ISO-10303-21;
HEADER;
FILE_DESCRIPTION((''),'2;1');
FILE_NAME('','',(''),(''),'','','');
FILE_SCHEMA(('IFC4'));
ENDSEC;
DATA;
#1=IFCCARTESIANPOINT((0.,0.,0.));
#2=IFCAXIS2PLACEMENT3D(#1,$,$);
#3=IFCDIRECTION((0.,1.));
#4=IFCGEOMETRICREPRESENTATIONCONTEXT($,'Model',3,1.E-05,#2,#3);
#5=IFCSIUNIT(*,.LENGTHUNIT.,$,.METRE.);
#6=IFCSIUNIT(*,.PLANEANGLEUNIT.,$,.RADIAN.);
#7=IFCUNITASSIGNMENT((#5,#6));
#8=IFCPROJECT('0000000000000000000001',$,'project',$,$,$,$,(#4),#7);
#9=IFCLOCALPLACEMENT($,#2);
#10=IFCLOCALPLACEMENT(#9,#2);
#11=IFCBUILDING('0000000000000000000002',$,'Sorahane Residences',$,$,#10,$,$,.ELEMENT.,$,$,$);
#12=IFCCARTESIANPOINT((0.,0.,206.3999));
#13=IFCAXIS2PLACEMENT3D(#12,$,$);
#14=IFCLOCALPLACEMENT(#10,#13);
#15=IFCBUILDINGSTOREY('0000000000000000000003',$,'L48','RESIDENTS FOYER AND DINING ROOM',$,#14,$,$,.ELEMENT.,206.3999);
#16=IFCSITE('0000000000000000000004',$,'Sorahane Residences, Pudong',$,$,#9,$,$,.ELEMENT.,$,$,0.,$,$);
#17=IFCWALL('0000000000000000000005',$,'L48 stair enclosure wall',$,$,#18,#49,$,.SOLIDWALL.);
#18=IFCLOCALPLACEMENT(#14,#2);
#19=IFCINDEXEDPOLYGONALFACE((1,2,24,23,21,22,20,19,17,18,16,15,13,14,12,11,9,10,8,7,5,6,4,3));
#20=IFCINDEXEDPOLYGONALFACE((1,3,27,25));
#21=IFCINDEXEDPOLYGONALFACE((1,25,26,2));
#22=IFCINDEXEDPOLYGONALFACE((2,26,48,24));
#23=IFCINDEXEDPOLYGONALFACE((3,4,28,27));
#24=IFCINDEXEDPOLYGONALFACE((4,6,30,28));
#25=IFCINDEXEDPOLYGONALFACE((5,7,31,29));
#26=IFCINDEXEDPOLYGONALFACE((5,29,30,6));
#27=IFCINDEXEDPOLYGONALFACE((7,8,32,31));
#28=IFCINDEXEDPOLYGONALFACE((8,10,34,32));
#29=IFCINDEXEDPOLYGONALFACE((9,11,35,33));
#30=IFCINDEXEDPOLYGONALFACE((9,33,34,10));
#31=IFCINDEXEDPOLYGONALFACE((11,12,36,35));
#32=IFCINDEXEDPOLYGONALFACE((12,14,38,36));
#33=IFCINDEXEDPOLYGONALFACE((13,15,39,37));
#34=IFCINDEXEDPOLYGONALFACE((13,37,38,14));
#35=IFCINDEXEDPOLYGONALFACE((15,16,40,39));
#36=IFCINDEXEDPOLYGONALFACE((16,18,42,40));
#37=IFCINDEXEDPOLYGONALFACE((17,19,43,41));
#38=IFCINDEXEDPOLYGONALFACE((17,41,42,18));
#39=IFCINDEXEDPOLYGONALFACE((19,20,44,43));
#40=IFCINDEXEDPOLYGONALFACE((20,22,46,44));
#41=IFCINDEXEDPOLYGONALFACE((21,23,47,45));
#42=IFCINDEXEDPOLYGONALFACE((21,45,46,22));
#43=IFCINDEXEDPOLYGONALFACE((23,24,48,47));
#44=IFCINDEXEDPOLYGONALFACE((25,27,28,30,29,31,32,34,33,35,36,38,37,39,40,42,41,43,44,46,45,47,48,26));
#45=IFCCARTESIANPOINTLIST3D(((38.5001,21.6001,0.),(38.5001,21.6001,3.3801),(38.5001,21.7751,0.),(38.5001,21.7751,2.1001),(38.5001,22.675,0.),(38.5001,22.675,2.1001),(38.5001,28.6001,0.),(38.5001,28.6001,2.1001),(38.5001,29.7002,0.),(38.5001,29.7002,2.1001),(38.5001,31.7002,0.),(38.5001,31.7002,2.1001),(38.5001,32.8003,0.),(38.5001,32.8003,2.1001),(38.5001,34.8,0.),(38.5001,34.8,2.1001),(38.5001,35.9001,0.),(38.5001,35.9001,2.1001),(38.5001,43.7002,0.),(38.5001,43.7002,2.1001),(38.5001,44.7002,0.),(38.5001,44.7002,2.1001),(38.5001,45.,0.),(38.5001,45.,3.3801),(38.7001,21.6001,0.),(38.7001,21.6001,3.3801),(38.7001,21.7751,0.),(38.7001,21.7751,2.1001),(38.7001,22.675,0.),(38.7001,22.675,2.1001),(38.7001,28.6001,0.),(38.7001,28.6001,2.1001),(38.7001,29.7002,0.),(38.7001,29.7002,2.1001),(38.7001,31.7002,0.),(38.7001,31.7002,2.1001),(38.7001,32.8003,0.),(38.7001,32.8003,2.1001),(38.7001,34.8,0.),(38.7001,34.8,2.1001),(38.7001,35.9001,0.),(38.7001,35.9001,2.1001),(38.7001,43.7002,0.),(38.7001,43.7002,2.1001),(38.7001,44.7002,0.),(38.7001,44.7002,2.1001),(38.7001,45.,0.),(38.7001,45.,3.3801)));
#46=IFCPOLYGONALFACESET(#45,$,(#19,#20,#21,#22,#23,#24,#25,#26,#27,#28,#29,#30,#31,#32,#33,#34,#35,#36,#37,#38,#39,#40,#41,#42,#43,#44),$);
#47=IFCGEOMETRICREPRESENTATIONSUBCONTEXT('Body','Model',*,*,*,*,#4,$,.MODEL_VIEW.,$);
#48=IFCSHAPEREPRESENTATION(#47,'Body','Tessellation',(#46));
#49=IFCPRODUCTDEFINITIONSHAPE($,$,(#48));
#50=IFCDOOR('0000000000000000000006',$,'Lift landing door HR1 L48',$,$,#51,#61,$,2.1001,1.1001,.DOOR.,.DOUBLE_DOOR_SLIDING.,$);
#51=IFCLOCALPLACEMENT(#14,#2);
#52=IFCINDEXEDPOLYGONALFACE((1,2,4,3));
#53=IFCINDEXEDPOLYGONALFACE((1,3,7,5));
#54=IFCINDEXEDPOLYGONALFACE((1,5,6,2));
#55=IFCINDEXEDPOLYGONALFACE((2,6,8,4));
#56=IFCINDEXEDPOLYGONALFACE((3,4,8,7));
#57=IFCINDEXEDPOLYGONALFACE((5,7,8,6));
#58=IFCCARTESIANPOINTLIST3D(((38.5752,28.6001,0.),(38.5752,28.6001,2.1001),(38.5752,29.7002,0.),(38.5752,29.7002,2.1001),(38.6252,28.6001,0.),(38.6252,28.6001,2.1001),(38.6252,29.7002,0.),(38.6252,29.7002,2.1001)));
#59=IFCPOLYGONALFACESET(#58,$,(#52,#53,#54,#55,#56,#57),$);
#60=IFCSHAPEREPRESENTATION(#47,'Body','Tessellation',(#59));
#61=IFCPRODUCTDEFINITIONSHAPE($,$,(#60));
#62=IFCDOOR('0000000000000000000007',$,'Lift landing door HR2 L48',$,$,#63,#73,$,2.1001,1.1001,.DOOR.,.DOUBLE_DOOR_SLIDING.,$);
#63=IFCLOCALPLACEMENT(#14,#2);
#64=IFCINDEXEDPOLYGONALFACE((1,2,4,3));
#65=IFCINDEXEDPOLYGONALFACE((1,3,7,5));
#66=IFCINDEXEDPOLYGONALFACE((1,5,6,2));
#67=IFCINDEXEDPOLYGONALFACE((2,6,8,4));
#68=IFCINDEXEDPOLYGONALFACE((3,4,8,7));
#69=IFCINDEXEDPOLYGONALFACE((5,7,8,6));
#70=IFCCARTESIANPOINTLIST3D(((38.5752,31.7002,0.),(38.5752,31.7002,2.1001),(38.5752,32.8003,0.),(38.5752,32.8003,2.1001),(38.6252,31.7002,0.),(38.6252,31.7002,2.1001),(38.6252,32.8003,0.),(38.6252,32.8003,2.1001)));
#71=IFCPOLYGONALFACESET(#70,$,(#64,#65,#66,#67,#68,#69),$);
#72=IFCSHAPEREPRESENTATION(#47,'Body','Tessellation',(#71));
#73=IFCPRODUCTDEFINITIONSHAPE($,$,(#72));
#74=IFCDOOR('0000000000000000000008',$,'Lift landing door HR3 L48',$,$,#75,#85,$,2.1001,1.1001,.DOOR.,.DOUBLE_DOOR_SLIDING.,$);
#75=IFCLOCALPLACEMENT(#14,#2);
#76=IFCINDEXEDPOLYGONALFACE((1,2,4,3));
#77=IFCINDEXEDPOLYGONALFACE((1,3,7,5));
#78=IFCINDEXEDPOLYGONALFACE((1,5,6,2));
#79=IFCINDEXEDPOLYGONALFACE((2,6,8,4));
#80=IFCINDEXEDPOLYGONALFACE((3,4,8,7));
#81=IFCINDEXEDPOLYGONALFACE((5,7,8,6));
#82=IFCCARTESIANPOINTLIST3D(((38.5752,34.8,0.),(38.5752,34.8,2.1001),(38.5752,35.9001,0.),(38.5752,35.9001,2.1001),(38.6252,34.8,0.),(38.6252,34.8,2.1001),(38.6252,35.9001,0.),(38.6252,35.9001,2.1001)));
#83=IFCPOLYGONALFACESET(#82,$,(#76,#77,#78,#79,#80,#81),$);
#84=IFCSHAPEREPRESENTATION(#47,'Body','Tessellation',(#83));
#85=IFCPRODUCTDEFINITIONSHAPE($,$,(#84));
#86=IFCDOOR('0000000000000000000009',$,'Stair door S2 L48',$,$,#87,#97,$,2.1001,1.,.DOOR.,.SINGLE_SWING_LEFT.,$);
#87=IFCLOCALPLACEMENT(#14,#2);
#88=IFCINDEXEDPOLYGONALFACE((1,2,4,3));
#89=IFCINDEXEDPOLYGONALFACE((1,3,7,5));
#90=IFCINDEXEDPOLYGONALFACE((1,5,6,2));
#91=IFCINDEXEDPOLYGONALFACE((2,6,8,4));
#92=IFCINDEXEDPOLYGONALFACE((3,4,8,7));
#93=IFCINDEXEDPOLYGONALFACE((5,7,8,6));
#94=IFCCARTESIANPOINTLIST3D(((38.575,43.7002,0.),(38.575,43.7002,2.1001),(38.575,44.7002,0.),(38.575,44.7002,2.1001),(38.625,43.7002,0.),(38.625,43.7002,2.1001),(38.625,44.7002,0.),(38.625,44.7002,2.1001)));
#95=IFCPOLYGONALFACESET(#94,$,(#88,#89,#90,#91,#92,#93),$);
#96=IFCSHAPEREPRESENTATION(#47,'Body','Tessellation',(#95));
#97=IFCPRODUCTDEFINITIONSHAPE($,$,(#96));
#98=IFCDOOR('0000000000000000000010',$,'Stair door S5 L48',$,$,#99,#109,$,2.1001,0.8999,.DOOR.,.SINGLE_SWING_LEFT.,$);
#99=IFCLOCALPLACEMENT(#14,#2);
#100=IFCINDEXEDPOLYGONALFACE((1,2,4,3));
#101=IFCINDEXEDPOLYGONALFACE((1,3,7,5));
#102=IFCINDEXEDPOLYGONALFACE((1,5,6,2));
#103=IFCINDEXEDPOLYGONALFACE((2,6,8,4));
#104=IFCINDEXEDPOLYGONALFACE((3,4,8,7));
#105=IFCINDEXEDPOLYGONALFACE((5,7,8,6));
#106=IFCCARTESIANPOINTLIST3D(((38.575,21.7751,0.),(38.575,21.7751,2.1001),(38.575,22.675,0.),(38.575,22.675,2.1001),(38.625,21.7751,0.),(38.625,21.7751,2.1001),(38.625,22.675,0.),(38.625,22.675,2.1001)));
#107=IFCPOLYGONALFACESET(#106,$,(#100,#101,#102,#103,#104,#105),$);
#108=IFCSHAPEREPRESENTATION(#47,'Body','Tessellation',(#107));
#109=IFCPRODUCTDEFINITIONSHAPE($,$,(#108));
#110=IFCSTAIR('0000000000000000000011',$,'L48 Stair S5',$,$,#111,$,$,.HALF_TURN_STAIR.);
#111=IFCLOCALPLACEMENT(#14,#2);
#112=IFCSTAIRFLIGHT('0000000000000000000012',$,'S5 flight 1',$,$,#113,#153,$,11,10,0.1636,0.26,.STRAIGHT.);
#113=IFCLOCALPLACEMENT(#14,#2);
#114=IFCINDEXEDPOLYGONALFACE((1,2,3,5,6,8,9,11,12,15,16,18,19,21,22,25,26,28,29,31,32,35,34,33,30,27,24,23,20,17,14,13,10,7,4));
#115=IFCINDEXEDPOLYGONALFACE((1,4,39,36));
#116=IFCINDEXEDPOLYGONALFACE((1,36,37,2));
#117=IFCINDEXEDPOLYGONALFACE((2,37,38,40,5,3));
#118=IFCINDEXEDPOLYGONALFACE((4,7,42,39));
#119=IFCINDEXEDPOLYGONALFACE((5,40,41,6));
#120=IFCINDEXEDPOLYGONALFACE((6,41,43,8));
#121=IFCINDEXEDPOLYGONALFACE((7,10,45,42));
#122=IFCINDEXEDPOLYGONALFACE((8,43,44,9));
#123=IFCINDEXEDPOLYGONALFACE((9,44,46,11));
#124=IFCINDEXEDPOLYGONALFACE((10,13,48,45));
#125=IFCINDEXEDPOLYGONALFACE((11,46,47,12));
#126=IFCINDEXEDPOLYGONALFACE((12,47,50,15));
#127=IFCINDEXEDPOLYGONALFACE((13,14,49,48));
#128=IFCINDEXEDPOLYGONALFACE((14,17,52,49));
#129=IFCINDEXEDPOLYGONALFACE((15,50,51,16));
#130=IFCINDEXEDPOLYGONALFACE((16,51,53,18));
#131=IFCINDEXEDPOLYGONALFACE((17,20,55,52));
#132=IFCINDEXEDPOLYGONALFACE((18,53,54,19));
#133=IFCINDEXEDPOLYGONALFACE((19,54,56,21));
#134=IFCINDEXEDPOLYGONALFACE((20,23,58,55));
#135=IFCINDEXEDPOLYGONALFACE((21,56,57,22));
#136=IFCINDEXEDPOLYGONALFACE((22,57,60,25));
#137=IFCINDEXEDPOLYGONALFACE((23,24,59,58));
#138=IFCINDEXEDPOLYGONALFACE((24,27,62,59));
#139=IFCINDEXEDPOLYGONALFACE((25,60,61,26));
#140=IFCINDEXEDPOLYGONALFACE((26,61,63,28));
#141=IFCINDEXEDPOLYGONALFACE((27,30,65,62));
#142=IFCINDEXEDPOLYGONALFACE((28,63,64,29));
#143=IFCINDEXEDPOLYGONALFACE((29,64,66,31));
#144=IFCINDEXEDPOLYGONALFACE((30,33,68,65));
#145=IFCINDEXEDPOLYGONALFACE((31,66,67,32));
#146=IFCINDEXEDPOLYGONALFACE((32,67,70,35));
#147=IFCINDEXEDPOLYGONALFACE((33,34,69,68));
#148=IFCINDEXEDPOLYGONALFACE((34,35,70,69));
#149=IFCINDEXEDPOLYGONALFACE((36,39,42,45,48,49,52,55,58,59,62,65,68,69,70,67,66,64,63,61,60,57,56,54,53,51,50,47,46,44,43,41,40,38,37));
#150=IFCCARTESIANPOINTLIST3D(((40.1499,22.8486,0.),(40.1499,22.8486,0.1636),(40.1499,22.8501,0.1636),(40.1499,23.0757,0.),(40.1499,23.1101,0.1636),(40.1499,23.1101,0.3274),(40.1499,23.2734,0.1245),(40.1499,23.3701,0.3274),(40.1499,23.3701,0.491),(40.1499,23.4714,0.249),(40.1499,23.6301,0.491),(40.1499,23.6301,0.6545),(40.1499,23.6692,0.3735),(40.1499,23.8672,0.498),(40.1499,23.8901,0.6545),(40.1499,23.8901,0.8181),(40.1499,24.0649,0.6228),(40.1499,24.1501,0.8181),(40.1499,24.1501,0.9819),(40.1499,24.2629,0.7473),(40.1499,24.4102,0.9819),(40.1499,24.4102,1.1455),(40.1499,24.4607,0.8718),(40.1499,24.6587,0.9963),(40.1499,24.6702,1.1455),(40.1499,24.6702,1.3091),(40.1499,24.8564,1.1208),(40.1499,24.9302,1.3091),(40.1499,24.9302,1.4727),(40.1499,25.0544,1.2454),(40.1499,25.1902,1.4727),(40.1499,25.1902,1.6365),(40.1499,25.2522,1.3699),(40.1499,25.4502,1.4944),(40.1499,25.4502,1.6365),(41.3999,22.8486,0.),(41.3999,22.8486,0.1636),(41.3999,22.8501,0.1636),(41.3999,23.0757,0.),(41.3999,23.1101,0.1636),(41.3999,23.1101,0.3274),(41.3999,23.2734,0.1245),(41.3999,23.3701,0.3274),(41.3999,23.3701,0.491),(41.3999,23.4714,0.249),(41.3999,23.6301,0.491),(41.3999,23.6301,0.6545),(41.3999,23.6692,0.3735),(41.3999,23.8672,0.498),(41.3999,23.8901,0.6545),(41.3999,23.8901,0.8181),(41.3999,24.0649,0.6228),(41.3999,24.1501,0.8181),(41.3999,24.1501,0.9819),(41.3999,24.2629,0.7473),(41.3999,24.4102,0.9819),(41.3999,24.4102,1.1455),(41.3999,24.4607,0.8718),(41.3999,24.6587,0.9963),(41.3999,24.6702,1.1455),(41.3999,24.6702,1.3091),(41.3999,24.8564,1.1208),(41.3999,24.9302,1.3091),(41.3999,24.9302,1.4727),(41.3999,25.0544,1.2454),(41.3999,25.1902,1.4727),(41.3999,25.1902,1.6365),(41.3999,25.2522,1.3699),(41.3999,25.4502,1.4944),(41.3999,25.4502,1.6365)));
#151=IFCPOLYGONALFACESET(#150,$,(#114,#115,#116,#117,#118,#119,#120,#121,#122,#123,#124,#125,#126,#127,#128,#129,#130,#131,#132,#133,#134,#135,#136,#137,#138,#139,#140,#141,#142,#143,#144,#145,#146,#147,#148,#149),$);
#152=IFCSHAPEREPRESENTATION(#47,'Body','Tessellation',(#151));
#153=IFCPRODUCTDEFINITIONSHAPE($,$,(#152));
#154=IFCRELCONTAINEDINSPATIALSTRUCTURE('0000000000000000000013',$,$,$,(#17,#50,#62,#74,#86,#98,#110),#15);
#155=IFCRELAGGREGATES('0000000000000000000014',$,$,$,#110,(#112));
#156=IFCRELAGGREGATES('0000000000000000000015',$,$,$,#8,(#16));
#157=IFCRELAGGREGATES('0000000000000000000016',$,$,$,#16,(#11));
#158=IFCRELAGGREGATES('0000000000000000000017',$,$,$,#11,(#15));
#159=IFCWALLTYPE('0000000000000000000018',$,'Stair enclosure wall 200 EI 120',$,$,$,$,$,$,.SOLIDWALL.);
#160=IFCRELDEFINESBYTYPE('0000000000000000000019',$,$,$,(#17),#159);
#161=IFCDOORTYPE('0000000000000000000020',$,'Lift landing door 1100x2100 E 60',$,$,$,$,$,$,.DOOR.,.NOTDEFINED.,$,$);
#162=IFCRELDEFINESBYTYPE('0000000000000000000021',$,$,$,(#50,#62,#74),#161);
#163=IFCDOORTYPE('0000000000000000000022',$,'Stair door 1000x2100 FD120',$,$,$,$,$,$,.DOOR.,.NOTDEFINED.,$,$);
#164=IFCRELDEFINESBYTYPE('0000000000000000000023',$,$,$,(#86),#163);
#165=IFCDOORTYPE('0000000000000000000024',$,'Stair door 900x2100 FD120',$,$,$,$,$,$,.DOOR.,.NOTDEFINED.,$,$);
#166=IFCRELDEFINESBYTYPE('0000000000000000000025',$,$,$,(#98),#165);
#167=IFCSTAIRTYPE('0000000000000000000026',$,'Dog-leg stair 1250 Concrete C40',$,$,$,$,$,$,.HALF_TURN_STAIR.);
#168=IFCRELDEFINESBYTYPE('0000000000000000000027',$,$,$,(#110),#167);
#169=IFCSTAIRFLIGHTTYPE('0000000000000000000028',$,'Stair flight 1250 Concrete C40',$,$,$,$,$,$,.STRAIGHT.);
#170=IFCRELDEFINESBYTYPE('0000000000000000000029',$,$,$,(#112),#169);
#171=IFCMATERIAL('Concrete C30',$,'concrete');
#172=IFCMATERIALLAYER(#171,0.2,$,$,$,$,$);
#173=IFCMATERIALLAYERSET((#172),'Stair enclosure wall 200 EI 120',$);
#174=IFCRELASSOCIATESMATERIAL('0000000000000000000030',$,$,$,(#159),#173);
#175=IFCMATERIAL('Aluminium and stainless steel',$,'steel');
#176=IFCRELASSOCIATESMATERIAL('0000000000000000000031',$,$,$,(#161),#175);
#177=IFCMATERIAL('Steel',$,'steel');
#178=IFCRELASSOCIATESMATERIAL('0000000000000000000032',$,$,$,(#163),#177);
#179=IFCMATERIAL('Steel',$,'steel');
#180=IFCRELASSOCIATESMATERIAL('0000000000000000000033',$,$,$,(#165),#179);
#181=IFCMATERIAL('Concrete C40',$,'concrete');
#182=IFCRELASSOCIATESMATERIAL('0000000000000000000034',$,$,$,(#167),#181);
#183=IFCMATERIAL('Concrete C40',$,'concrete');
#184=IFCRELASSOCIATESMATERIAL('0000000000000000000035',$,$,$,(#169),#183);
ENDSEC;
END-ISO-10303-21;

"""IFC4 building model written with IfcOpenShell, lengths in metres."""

from ifc_helpers import new_model, si_unit, direction, frame, frame_2d, origin, place, context, subcontext, project, spatial, polyline, rectangle, outline, extrude, material, layer, layer_set, type_object, element, fill, aggregate, save


model = new_model("IFC4")

# Units and contexts
model_context = context("Model", 3, precision=1e-05, world=origin(), true_north=direction((0.0, 1.0)))
body_context = subcontext(model_context, "Body", "Model", "MODEL_VIEW")
ifc_project = project(units=[si_unit("LENGTHUNIT", "METRE"), si_unit("PLANEANGLEUNIT", "RADIAN")], contexts=[model_context])

# Site, building, storey
site_placement = place(None, origin())
site = spatial("IfcSite", under=ifc_project, at=site_placement, Name="Sorahane Residences, Pudong", CompositionType="ELEMENT", RefElevation=0.0)
building_placement = place(site_placement, origin())
building = spatial("IfcBuilding", under=site, at=building_placement, Name="Sorahane Residences", CompositionType="ELEMENT")
storey_placement = place(building_placement, frame((0.0, 0.0, 206.3999)))
storey = spatial("IfcBuildingStorey", under=building, at=storey_placement, Name="L48", Description="RESIDENTS FOYER AND DINING ROOM", CompositionType="ELEMENT", Elevation=206.3999)

# Wall, openings, doors
ifc_material_1 = material(Name="Concrete C30", Category="concrete")
ifc_layer_1 = layer(ifc_material_1, 0.2)
ifc_layer_set_1 = layer_set([ifc_layer_1], Name="Stair enclosure wall 200 EI 120")
wall_type_1 = type_object("IfcWallType", Name="Stair enclosure wall 200 EI 120", PredefinedType="SOLIDWALL", material=ifc_layer_set_1)
wall_1_placement = place(storey_placement, frame((38.6001, 21.6001, 0.0), z_axis=(0.0, 0.0, 1.0), x_axis=(0.0, 1.0, 0.0)))
wall_1 = element("IfcWall", 1, at=wall_1_placement, inside=storey, type_object=wall_type_1, Name="L48 stair enclosure wall", PredefinedType="SOLIDWALL", context=body_context, shape_type="SweptSolid", body=[
    extrude(rectangle(XDim=23.3999, YDim=0.2, at=frame_2d((11.7, 0.0))), origin(), (0.0, 0.0, 1.0), 3.3801),
])
opening_1_placement = place(wall_1_placement, frame((7.0, 0.0, 0.0)))
opening_1 = element("IfcOpeningElement", 2, at=opening_1_placement, cuts=wall_1, PredefinedType="OPENING", context=body_context, shape_type="SweptSolid", body=[
    extrude(rectangle(XDim=1.1001, YDim=2.1001, at=frame_2d((0.55, 1.05))), frame((0.0, 0.1099, 0.0), z_axis=(0.0, -1.0, 0.0), x_axis=(1.0, 0.0, 0.0)), (0.0, 0.0, 1.0), 0.22),
])
opening_2_placement = place(wall_1_placement, frame((10.1001, 0.0, 0.0)))
opening_2 = element("IfcOpeningElement", 3, at=opening_2_placement, cuts=wall_1, PredefinedType="OPENING", context=body_context, shape_type="SweptSolid", body=[
    extrude(rectangle(XDim=1.1001, YDim=2.1001, at=frame_2d((0.55, 1.05))), frame((0.0, 0.1099, 0.0), z_axis=(0.0, -1.0, 0.0), x_axis=(1.0, 0.0, 0.0)), (0.0, 0.0, 1.0), 0.22),
])
opening_3_placement = place(wall_1_placement, frame((13.2, 0.0, 0.0)))
opening_3 = element("IfcOpeningElement", 4, at=opening_3_placement, cuts=wall_1, PredefinedType="OPENING", context=body_context, shape_type="SweptSolid", body=[
    extrude(rectangle(XDim=1.1001, YDim=2.1001, at=frame_2d((0.55, 1.05))), frame((0.0, 0.1099, 0.0), z_axis=(0.0, -1.0, 0.0), x_axis=(1.0, 0.0, 0.0)), (0.0, 0.0, 1.0), 0.22),
])
opening_4_placement = place(wall_1_placement, frame((22.1001, 0.0, 0.0)))
opening_4 = element("IfcOpeningElement", 5, at=opening_4_placement, cuts=wall_1, PredefinedType="OPENING", context=body_context, shape_type="SweptSolid", body=[
    extrude(rectangle(XDim=1.0, YDim=2.1001, at=frame_2d((0.5, 1.05))), frame((0.0, 0.1099, 0.0), z_axis=(0.0, -1.0, 0.0), x_axis=(1.0, 0.0, 0.0)), (0.0, 0.0, 1.0), 0.22),
])
opening_5_placement = place(wall_1_placement, frame((0.175, 0.0, 0.0)))
opening_5 = element("IfcOpeningElement", 6, at=opening_5_placement, cuts=wall_1, PredefinedType="OPENING", context=body_context, shape_type="SweptSolid", body=[
    extrude(rectangle(XDim=0.8999, YDim=2.1001, at=frame_2d((0.45, 1.05))), frame((0.0, 0.1099, 0.0), z_axis=(0.0, -1.0, 0.0), x_axis=(1.0, 0.0, 0.0)), (0.0, 0.0, 1.0), 0.22),
])
ifc_material_2 = material(Name="Aluminium and stainless steel", Category="steel")
door_type_1 = type_object("IfcDoorType", Name="Lift landing door 1100x2100 E 60", OperationType="NOTDEFINED", PredefinedType="DOOR", material=ifc_material_2)
door_1_placement = place(opening_1_placement, origin())
door_1 = element("IfcDoor", 7, at=door_1_placement, inside=storey, type_object=door_type_1, Name="Lift landing door HR1 L48", OperationType="DOUBLE_DOOR_SLIDING", OverallHeight=2.1001, OverallWidth=1.1001, PredefinedType="DOOR", context=body_context, shape_type="SweptSolid", body=[
    extrude(rectangle(XDim=1.1001, YDim=2.1001, at=frame_2d((0.55, 1.05))), frame((0.0, 0.0249, 0.0), z_axis=(0.0, -1.0, 0.0), x_axis=(1.0, 0.0, 0.0)), (0.0, 0.0, 1.0), 0.05),
])
fill(opening_1, door_1)
door_2_placement = place(opening_2_placement, origin())
door_2 = element("IfcDoor", 8, at=door_2_placement, inside=storey, type_object=door_type_1, Name="Lift landing door HR2 L48", OperationType="DOUBLE_DOOR_SLIDING", OverallHeight=2.1001, OverallWidth=1.1001, PredefinedType="DOOR", context=body_context, shape_type="SweptSolid", body=[
    extrude(rectangle(XDim=1.1001, YDim=2.1001, at=frame_2d((0.55, 1.05))), frame((0.0, 0.0249, 0.0), z_axis=(0.0, -1.0, 0.0), x_axis=(1.0, 0.0, 0.0)), (0.0, 0.0, 1.0), 0.05),
])
fill(opening_2, door_2)
door_3_placement = place(opening_3_placement, origin())
door_3 = element("IfcDoor", 9, at=door_3_placement, inside=storey, type_object=door_type_1, Name="Lift landing door HR3 L48", OperationType="DOUBLE_DOOR_SLIDING", OverallHeight=2.1001, OverallWidth=1.1001, PredefinedType="DOOR", context=body_context, shape_type="SweptSolid", body=[
    extrude(rectangle(XDim=1.1001, YDim=2.1001, at=frame_2d((0.55, 1.05))), frame((0.0, 0.0249, 0.0), z_axis=(0.0, -1.0, 0.0), x_axis=(1.0, 0.0, 0.0)), (0.0, 0.0, 1.0), 0.05),
])
fill(opening_3, door_3)
ifc_material_3 = material(Name="Steel", Category="steel")
door_type_2 = type_object("IfcDoorType", Name="Stair door 1000x2100 FD120", OperationType="NOTDEFINED", PredefinedType="DOOR", material=ifc_material_3)
door_4_placement = place(opening_4_placement, frame((1.0, 0.0, 0.0), z_axis=(0.0, 0.0, 1.0), x_axis=(-1.0, 0.0, 0.0)))
door_4 = element("IfcDoor", 10, at=door_4_placement, inside=storey, type_object=door_type_2, Name="Stair door S2 L48", OperationType="SINGLE_SWING_LEFT", OverallHeight=2.1001, OverallWidth=1.0, PredefinedType="DOOR", context=body_context, shape_type="SweptSolid", body=[
    extrude(rectangle(XDim=1.0, YDim=2.1001, at=frame_2d((0.5, 1.05))), frame((0.0, 0.0249, 0.0), z_axis=(0.0, -1.0, 0.0), x_axis=(1.0, 0.0, 0.0)), (0.0, 0.0, 1.0), 0.05),
])
fill(opening_4, door_4)
ifc_material_4 = material(Name="Steel", Category="steel")
door_type_3 = type_object("IfcDoorType", Name="Stair door 900x2100 FD120", OperationType="NOTDEFINED", PredefinedType="DOOR", material=ifc_material_4)
door_5_placement = place(opening_5_placement, frame((0.8999, 0.0, 0.0), z_axis=(0.0, 0.0, 1.0), x_axis=(-1.0, 0.0, 0.0)))
door_5 = element("IfcDoor", 11, at=door_5_placement, inside=storey, type_object=door_type_3, Name="Stair door S5 L48", OperationType="SINGLE_SWING_LEFT", OverallHeight=2.1001, OverallWidth=0.8999, PredefinedType="DOOR", context=body_context, shape_type="SweptSolid", body=[
    extrude(rectangle(XDim=0.8999, YDim=2.1001, at=frame_2d((0.45, 1.05))), frame((0.0, 0.0249, 0.0), z_axis=(0.0, -1.0, 0.0), x_axis=(1.0, 0.0, 0.0)), (0.0, 0.0, 1.0), 0.05),
])
fill(opening_5, door_5)

# Stair, stair flight
ifc_material_5 = material(Name="Concrete C40", Category="concrete")
stair_type = type_object("IfcStairType", Name="Dog-leg stair 1250 Concrete C40", PredefinedType="HALF_TURN_STAIR", material=ifc_material_5)
stair_placement = place(storey_placement, origin())
stair = element("IfcStair", 12, at=stair_placement, inside=storey, type_object=stair_type, Name="L48 Stair S5", PredefinedType="HALF_TURN_STAIR")
ifc_material_6 = material(Name="Concrete C40", Category="concrete")
stair_flight_type = type_object("IfcStairFlightType", Name="Stair flight 1250 Concrete C40", PredefinedType="STRAIGHT", material=ifc_material_6)
stair_flight_placement = place(storey_placement, frame((40.7749, 22.8501, 0.0), z_axis=(0.0, 0.0, 1.0), x_axis=(0.0, 1.0, 0.0)))
stair_flight = element("IfcStairFlight", 13, at=stair_flight_placement, type_object=stair_flight_type, Name="S5 flight 1", NumberOfRisers=11, NumberOfTreads=10, PredefinedType="STRAIGHT", RiserHeight=0.1636, TreadLength=0.26, context=body_context, shape_type="SweptSolid", body=[
    extrude(outline(polyline([(-0.0015, 0.0), (-0.0015, 0.1636), (0.0, 0.1636), (0.26, 0.1636), (0.26, 0.3274), (0.52, 0.3274), (0.52, 0.491), (0.78, 0.491), (0.78, 0.6545), (1.04, 0.6545), (1.04, 0.8181), (1.3, 0.8181), (1.3, 0.9819), (1.5601, 0.9819), (1.5601, 1.1455), (1.8201, 1.1455), (1.8201, 1.3091), (2.0801, 1.3091), (2.0801, 1.4727), (2.3401, 1.4727), (2.3401, 1.6365), (2.6001, 1.6365), (2.6001, 1.8), (2.6001, 1.4944), (2.4021, 1.3699), (2.2043, 1.2454), (2.0063, 1.1208), (1.8086, 0.9963), (1.6106, 0.8718), (1.4128, 0.7473), (1.2148, 0.6228), (1.0171, 0.498), (0.8191, 0.3735), (0.6213, 0.249), (0.4233, 0.1245), (0.2256, 0.0), (-0.0015, 0.0)])), frame((0.0, 0.625, 0.0), z_axis=(0.0, -1.0, 0.0), x_axis=(1.0, 0.0, 0.0)), (0.0, 0.0, 1.0), 1.25),
])
aggregate(stair, [stair_flight])

save(model, "model.ifc")
